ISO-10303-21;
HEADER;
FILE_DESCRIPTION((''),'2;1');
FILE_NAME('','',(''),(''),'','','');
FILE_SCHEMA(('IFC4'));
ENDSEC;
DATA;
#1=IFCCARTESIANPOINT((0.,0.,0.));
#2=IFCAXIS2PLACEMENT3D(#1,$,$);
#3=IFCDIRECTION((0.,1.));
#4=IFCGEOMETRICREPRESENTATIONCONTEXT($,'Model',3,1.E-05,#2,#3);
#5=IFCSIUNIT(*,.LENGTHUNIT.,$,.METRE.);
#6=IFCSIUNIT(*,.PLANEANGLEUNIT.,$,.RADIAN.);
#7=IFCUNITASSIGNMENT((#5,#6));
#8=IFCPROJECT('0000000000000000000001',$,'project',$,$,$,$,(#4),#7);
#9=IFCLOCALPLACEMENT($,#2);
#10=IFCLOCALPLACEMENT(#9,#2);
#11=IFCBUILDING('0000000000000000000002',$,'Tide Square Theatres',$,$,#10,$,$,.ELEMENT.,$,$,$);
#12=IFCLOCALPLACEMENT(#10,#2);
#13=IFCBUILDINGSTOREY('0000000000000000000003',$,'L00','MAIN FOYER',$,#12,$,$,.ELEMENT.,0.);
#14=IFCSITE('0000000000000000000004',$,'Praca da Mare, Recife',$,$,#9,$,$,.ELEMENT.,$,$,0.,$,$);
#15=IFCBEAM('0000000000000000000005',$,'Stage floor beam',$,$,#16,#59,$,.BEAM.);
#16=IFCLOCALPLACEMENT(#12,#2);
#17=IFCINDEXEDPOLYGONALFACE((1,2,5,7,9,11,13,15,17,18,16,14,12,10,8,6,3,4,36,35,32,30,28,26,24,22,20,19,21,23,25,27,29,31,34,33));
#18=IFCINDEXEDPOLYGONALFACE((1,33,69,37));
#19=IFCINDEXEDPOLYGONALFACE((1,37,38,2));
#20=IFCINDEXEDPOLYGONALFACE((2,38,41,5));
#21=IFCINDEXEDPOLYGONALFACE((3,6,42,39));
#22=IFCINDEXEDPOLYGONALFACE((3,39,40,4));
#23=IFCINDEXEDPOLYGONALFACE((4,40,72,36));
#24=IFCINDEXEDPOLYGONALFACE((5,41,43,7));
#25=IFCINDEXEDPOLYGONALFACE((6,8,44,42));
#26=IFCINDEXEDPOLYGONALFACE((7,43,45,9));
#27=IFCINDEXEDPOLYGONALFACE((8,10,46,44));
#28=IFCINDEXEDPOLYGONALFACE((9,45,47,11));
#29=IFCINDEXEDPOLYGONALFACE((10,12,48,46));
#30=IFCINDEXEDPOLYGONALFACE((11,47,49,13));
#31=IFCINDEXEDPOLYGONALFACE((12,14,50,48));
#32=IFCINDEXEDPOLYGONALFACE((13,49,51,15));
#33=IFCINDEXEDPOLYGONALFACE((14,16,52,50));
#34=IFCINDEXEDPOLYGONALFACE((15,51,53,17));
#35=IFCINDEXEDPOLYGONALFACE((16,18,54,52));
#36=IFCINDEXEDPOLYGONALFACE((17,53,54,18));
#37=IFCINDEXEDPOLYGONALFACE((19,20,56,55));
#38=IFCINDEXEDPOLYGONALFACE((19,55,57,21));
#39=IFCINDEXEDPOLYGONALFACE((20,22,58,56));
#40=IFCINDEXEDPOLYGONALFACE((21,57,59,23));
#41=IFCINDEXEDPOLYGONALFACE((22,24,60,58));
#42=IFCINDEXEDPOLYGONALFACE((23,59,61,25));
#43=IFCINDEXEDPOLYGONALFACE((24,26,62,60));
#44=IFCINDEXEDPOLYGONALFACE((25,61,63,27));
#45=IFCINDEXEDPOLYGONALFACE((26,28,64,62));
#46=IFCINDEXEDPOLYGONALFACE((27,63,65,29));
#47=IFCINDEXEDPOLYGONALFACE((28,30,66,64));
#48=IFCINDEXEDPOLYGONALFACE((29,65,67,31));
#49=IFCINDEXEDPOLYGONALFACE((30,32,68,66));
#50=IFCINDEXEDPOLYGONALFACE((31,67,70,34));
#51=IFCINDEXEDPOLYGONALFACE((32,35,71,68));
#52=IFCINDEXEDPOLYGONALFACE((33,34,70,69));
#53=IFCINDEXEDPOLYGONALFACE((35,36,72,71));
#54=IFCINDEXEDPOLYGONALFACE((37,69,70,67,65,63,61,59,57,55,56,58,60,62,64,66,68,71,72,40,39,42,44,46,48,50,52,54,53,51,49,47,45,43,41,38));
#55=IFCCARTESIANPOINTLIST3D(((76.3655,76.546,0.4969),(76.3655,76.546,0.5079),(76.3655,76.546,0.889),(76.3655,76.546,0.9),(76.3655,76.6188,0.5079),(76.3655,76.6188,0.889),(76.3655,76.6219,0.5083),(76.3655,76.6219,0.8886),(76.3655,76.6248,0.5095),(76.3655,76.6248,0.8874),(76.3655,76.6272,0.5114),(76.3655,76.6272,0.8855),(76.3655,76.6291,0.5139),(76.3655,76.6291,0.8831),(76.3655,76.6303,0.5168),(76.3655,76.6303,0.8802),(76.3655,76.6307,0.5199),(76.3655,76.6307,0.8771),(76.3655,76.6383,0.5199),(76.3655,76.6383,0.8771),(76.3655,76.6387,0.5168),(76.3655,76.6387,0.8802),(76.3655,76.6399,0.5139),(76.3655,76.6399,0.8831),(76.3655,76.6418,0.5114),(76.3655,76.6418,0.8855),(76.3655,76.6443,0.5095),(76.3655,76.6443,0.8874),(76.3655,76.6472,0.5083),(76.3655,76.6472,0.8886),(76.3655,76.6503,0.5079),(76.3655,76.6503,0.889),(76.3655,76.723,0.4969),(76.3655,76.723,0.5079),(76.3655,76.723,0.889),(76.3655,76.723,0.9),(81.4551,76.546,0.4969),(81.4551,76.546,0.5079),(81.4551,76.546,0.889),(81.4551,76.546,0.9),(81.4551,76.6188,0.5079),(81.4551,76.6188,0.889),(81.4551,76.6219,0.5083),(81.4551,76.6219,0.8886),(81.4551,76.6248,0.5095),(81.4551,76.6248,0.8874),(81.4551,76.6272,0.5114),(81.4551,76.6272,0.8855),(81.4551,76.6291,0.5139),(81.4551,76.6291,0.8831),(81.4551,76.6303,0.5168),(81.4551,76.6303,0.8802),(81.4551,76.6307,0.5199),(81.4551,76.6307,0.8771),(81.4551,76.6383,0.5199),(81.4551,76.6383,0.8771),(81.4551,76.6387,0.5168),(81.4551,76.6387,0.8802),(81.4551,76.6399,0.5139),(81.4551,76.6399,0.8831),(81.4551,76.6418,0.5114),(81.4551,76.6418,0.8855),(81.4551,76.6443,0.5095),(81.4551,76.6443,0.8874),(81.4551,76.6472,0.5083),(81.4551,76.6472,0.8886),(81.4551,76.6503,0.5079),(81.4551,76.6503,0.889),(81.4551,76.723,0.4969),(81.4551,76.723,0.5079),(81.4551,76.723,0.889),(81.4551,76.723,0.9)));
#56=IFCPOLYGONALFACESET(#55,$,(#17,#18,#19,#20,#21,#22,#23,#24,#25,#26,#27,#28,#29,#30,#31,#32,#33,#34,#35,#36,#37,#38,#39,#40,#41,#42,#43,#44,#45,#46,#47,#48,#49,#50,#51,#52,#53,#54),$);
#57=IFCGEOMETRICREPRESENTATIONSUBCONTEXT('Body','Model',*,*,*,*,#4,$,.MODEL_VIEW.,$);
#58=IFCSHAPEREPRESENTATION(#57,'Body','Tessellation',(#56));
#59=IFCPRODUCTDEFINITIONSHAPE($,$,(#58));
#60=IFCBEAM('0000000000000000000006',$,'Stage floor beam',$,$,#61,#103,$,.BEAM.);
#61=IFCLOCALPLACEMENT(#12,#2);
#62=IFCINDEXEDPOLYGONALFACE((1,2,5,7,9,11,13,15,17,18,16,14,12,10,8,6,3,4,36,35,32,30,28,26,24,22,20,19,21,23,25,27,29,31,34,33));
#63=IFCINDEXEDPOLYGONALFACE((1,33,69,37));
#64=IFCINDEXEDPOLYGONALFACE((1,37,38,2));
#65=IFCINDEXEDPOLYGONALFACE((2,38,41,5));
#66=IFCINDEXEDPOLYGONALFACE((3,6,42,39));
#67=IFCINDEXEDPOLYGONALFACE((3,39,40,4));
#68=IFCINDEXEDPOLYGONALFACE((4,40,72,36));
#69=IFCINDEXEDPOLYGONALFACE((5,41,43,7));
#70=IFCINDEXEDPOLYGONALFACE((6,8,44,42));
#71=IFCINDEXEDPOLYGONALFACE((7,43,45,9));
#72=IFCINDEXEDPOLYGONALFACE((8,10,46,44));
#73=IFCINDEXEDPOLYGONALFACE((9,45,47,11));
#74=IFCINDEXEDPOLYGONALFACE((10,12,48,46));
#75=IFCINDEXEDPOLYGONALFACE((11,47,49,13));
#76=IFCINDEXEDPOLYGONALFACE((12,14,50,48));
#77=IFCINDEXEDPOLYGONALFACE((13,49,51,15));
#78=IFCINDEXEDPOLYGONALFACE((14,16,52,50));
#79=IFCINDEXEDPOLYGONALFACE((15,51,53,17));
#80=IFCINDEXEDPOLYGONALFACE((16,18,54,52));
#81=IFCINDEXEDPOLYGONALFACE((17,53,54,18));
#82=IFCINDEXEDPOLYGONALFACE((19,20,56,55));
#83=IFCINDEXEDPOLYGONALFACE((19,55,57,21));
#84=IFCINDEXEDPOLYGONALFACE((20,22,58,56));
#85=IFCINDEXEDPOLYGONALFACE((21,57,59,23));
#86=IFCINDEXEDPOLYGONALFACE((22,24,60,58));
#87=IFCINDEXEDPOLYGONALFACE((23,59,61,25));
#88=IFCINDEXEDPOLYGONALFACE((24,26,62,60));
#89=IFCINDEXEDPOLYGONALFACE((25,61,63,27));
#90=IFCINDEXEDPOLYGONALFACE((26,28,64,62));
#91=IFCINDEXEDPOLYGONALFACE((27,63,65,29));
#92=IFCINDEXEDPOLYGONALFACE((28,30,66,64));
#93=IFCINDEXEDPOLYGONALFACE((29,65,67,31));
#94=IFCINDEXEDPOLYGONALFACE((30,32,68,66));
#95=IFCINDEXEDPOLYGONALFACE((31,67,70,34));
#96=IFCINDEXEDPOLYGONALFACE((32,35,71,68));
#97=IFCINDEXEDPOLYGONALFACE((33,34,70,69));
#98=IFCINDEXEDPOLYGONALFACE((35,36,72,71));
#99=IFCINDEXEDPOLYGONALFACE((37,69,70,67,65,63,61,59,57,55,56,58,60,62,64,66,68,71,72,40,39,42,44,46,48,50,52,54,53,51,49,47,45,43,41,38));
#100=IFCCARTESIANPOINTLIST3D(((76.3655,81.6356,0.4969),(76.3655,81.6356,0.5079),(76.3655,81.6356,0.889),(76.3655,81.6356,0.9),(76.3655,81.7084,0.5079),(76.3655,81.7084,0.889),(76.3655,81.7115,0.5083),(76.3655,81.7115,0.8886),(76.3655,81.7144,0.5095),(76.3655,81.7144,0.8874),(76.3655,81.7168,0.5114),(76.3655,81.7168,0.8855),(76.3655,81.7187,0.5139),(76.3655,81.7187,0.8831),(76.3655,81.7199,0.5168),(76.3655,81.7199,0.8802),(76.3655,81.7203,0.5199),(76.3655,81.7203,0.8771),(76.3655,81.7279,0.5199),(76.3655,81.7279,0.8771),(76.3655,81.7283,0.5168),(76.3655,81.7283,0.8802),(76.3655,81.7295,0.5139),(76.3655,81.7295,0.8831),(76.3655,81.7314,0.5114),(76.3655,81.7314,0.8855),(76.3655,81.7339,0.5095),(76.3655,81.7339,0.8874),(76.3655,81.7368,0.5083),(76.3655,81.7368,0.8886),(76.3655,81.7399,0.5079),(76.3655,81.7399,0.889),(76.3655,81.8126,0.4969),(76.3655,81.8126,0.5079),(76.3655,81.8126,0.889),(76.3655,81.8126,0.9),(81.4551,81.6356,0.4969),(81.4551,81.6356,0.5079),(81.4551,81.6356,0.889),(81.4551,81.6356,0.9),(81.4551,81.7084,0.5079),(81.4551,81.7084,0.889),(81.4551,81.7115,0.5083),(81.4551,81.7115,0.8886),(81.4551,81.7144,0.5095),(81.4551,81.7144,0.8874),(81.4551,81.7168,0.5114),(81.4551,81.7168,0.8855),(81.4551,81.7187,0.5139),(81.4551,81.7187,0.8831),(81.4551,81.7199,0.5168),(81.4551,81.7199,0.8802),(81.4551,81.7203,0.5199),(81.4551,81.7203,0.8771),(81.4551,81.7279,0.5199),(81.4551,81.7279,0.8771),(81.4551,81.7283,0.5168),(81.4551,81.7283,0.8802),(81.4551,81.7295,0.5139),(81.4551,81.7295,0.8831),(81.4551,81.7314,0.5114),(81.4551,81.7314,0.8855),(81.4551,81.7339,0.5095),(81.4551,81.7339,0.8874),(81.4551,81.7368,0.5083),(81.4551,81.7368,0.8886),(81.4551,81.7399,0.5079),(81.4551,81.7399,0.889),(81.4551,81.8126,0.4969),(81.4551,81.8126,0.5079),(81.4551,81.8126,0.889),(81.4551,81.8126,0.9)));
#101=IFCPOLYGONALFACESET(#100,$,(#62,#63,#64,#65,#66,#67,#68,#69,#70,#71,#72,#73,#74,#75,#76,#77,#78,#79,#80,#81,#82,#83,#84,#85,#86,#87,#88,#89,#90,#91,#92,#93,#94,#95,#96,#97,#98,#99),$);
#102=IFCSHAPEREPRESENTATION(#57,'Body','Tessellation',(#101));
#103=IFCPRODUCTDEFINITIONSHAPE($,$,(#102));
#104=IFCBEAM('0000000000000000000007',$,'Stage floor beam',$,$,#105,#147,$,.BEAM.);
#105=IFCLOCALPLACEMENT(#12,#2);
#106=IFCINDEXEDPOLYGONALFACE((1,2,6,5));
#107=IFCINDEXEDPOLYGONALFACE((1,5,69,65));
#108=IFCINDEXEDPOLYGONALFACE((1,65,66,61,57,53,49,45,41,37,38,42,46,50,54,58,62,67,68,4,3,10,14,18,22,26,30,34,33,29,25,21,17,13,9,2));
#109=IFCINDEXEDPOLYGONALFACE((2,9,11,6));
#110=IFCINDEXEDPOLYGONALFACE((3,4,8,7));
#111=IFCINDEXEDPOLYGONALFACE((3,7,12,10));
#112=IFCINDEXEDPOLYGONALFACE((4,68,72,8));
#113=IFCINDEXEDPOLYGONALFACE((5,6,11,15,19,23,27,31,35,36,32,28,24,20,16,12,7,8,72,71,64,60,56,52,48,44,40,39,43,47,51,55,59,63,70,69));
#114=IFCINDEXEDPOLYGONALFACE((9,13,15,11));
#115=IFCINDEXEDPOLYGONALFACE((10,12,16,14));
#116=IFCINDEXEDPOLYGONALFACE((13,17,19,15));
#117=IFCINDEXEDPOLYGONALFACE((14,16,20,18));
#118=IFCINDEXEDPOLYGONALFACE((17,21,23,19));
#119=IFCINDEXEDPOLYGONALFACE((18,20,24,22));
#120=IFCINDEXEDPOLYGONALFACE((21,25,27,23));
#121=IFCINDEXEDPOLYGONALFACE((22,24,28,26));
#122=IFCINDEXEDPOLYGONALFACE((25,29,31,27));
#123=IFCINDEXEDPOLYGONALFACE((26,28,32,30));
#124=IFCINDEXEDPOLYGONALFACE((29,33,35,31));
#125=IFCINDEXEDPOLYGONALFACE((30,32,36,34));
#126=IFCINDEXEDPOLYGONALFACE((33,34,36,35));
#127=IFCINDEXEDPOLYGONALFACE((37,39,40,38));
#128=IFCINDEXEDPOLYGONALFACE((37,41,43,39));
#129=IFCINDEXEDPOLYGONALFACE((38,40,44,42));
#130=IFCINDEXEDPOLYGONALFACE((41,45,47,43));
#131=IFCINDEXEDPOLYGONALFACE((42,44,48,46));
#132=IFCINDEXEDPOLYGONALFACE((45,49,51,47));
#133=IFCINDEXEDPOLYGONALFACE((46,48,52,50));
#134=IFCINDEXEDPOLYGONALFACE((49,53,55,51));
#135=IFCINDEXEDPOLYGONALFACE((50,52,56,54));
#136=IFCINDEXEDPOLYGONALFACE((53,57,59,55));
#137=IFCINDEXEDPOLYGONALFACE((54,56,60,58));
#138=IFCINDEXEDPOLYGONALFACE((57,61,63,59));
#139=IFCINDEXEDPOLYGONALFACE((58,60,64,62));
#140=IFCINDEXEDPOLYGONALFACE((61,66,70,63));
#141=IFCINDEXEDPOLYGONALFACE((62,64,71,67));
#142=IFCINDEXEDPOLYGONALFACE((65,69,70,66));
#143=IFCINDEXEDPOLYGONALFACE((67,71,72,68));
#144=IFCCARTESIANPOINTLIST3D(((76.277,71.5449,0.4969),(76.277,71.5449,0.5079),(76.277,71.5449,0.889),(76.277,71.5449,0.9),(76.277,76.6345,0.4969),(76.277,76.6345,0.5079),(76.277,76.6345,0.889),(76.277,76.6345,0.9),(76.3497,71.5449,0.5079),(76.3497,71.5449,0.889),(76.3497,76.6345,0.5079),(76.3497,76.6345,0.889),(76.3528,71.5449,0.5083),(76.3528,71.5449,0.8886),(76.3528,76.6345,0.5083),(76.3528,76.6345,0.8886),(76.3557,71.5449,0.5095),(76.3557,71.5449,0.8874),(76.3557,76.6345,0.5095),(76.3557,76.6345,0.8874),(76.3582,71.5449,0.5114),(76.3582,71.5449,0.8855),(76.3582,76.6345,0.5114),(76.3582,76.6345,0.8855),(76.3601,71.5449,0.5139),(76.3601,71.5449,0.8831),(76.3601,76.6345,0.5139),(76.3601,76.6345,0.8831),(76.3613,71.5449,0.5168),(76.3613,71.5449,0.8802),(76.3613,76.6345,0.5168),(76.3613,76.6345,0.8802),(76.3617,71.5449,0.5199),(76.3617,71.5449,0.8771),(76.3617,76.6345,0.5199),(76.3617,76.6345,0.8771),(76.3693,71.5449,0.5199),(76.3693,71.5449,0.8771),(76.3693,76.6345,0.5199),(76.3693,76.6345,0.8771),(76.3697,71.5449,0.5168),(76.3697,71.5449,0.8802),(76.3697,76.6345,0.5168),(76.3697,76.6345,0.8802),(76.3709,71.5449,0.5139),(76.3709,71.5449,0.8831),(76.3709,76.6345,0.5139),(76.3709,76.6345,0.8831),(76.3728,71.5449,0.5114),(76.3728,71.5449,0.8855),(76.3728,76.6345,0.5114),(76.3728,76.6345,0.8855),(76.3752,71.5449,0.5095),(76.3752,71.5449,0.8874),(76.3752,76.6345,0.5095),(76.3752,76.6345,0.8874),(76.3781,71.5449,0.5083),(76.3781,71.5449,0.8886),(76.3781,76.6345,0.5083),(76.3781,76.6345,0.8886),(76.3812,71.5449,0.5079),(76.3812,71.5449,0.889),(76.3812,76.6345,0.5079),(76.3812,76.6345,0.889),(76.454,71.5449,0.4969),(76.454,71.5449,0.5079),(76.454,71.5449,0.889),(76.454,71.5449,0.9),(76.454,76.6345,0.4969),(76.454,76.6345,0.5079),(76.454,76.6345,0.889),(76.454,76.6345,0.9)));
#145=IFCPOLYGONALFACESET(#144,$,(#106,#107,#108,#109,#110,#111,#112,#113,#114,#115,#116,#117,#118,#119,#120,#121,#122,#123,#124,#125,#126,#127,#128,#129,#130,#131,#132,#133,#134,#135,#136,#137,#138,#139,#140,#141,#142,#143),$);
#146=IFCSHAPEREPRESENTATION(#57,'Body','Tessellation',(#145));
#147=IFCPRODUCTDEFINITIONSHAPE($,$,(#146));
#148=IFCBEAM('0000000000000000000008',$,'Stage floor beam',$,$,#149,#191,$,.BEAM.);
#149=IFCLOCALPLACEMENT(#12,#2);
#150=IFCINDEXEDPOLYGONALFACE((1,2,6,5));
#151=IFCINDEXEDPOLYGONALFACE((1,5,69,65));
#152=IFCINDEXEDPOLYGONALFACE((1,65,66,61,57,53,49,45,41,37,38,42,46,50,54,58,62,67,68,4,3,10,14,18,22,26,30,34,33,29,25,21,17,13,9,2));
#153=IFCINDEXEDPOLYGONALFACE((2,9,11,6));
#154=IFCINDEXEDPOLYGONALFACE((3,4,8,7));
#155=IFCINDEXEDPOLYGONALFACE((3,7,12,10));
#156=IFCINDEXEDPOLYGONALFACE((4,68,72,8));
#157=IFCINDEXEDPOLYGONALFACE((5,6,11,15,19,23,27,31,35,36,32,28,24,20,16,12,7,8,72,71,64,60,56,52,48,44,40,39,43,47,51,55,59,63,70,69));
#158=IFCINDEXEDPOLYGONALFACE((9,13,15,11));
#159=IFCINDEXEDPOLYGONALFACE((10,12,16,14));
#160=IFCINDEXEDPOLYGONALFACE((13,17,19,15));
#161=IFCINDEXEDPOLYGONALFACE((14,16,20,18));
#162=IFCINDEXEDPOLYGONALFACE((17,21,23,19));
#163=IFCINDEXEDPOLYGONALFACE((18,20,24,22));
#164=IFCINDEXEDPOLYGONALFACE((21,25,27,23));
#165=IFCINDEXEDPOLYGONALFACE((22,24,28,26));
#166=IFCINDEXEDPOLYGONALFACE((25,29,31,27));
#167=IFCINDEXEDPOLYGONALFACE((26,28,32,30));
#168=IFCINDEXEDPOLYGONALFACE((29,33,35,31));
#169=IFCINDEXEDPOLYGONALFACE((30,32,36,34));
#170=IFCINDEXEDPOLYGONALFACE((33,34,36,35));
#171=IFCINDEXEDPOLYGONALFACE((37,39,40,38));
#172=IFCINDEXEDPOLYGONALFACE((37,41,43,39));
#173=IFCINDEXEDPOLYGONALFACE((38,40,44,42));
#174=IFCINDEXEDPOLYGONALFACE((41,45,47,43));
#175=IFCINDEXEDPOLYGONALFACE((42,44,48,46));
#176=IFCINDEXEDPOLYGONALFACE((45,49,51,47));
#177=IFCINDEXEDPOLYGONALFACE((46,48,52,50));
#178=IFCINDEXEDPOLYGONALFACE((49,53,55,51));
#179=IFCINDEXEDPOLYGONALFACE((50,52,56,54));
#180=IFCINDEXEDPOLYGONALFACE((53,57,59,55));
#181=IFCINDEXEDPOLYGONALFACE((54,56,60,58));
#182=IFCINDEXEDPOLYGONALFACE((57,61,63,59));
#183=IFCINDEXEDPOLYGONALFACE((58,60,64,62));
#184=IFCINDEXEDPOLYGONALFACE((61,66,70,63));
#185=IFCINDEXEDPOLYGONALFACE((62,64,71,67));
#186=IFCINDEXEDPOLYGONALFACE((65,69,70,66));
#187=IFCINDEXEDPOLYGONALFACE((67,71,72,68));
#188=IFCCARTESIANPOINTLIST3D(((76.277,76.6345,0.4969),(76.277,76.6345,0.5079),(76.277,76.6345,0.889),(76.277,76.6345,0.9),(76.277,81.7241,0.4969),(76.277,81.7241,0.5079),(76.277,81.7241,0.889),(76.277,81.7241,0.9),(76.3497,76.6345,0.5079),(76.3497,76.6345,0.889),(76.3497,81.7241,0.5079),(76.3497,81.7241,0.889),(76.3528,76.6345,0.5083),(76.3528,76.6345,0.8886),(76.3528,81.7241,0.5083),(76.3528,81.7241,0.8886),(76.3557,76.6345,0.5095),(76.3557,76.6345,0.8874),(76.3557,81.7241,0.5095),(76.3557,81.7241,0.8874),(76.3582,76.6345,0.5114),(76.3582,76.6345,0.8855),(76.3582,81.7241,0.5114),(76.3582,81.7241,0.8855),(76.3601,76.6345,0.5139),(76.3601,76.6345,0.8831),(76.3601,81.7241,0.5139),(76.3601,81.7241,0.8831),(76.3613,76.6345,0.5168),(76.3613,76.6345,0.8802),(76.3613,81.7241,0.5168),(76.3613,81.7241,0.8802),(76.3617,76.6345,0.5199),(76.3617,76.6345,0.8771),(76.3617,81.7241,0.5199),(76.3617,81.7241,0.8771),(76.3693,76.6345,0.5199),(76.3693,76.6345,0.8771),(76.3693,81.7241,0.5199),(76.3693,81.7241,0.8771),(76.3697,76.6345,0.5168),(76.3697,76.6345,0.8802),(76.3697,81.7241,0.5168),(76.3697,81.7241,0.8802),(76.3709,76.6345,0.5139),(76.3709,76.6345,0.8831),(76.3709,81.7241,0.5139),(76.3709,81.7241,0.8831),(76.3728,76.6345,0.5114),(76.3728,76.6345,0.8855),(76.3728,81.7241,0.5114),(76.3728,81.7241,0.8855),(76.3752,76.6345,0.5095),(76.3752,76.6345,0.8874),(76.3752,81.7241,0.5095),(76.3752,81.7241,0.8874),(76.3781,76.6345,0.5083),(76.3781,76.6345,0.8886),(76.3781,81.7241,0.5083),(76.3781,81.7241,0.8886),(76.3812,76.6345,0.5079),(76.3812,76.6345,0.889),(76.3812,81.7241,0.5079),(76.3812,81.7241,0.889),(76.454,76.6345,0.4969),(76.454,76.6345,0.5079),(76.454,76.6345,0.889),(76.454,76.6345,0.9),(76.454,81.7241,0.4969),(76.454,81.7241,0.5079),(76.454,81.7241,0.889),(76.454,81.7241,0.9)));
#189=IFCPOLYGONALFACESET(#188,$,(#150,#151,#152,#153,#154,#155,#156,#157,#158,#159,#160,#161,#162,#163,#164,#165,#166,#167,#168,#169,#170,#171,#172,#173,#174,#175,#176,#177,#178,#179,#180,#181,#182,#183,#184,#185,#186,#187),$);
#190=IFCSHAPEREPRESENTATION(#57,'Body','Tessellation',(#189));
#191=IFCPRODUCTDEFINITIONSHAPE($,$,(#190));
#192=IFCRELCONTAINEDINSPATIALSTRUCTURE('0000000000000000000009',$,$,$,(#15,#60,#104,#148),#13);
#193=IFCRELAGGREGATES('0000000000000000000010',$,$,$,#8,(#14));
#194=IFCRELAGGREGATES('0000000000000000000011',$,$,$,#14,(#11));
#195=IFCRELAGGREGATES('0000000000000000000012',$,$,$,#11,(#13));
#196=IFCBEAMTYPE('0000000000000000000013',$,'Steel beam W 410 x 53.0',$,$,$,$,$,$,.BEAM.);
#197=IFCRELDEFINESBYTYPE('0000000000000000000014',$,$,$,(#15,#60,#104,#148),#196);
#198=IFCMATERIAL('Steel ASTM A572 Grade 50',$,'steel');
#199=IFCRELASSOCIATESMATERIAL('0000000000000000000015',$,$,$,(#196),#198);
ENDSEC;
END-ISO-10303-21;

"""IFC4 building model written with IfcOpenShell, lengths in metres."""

from ifc_helpers import new_model, si_unit, direction, frame, origin, origin_2d, place, context, subcontext, project, spatial, i_section, extrude, material, material_profile, profile_set, type_object, element, save


model = new_model("IFC4")

# Units and contexts
model_context = context("Model", 3, precision=1e-05, world=origin(), true_north=direction((0.0, 1.0)))
body_context = subcontext(model_context, "Body", "Model", "MODEL_VIEW")
ifc_project = project(units=[si_unit("LENGTHUNIT", "METRE"), si_unit("PLANEANGLEUNIT", "RADIAN")], contexts=[model_context])

# Site, building, storey
site_placement = place(None, origin())
site = spatial("IfcSite", under=ifc_project, at=site_placement, Name="Praca da Mare, Recife", CompositionType="ELEMENT", RefElevation=0.0)
building_placement = place(site_placement, origin())
building = spatial("IfcBuilding", under=site, at=building_placement, Name="Tide Square Theatres", CompositionType="ELEMENT")
storey_placement = place(building_placement, origin())
storey = spatial("IfcBuildingStorey", under=building, at=storey_placement, Name="L00", Description="MAIN FOYER", CompositionType="ELEMENT", Elevation=0.0)

# Beams
ifc_material_1 = material(Name="Steel ASTM A572 Grade 50", Category="steel")
ifc_material_profile_1 = material_profile(ifc_material_1, i_section(OverallWidth=0.177, OverallDepth=0.4031, WebThickness=0.0076, FlangeThickness=0.011, FilletRadius=0.012, at=origin_2d()))
ifc_profile_set_1 = profile_set([ifc_material_profile_1], Name="Steel ASTM A572 Grade 50")
beam_type = type_object("IfcBeamType", Name="Steel beam W 410 x 53.0", PredefinedType="BEAM", material=ifc_profile_set_1)
for number, where, z_axis, x_axis, name in (
    (1, (76.3655, 76.6345, 0.6985), (1.0, 0.0, 0.0), (0.0, 1.0, 0.0), "Stage floor beam"),
    (2, (76.3655, 81.7241, 0.6985), (1.0, 0.0, 0.0), (0.0, 1.0, 0.0), "Stage floor beam"),
    (3, (76.3655, 71.5449, 0.6985), (0.0, 1.0, 0.0), (-1.0, 0.0, 0.0), "Stage floor beam"),
    (4, (76.3655, 76.6345, 0.6985), (0.0, 1.0, 0.0), (-1.0, 0.0, 0.0), "Stage floor beam"),
):
    element("IfcBeam", number, at=place(storey_placement, frame(where, z_axis=z_axis, x_axis=x_axis)), inside=storey, type_object=beam_type, Name=name, PredefinedType="BEAM", context=body_context, shape_type="SweptSolid", body=[
        extrude(i_section(OverallWidth=0.177, OverallDepth=0.4031, WebThickness=0.0076, FlangeThickness=0.011, FilletRadius=0.012, at=origin_2d()), origin(), (0.0, 0.0, 1.0), 5.0896),
    ])

save(model, "model.ifc")
